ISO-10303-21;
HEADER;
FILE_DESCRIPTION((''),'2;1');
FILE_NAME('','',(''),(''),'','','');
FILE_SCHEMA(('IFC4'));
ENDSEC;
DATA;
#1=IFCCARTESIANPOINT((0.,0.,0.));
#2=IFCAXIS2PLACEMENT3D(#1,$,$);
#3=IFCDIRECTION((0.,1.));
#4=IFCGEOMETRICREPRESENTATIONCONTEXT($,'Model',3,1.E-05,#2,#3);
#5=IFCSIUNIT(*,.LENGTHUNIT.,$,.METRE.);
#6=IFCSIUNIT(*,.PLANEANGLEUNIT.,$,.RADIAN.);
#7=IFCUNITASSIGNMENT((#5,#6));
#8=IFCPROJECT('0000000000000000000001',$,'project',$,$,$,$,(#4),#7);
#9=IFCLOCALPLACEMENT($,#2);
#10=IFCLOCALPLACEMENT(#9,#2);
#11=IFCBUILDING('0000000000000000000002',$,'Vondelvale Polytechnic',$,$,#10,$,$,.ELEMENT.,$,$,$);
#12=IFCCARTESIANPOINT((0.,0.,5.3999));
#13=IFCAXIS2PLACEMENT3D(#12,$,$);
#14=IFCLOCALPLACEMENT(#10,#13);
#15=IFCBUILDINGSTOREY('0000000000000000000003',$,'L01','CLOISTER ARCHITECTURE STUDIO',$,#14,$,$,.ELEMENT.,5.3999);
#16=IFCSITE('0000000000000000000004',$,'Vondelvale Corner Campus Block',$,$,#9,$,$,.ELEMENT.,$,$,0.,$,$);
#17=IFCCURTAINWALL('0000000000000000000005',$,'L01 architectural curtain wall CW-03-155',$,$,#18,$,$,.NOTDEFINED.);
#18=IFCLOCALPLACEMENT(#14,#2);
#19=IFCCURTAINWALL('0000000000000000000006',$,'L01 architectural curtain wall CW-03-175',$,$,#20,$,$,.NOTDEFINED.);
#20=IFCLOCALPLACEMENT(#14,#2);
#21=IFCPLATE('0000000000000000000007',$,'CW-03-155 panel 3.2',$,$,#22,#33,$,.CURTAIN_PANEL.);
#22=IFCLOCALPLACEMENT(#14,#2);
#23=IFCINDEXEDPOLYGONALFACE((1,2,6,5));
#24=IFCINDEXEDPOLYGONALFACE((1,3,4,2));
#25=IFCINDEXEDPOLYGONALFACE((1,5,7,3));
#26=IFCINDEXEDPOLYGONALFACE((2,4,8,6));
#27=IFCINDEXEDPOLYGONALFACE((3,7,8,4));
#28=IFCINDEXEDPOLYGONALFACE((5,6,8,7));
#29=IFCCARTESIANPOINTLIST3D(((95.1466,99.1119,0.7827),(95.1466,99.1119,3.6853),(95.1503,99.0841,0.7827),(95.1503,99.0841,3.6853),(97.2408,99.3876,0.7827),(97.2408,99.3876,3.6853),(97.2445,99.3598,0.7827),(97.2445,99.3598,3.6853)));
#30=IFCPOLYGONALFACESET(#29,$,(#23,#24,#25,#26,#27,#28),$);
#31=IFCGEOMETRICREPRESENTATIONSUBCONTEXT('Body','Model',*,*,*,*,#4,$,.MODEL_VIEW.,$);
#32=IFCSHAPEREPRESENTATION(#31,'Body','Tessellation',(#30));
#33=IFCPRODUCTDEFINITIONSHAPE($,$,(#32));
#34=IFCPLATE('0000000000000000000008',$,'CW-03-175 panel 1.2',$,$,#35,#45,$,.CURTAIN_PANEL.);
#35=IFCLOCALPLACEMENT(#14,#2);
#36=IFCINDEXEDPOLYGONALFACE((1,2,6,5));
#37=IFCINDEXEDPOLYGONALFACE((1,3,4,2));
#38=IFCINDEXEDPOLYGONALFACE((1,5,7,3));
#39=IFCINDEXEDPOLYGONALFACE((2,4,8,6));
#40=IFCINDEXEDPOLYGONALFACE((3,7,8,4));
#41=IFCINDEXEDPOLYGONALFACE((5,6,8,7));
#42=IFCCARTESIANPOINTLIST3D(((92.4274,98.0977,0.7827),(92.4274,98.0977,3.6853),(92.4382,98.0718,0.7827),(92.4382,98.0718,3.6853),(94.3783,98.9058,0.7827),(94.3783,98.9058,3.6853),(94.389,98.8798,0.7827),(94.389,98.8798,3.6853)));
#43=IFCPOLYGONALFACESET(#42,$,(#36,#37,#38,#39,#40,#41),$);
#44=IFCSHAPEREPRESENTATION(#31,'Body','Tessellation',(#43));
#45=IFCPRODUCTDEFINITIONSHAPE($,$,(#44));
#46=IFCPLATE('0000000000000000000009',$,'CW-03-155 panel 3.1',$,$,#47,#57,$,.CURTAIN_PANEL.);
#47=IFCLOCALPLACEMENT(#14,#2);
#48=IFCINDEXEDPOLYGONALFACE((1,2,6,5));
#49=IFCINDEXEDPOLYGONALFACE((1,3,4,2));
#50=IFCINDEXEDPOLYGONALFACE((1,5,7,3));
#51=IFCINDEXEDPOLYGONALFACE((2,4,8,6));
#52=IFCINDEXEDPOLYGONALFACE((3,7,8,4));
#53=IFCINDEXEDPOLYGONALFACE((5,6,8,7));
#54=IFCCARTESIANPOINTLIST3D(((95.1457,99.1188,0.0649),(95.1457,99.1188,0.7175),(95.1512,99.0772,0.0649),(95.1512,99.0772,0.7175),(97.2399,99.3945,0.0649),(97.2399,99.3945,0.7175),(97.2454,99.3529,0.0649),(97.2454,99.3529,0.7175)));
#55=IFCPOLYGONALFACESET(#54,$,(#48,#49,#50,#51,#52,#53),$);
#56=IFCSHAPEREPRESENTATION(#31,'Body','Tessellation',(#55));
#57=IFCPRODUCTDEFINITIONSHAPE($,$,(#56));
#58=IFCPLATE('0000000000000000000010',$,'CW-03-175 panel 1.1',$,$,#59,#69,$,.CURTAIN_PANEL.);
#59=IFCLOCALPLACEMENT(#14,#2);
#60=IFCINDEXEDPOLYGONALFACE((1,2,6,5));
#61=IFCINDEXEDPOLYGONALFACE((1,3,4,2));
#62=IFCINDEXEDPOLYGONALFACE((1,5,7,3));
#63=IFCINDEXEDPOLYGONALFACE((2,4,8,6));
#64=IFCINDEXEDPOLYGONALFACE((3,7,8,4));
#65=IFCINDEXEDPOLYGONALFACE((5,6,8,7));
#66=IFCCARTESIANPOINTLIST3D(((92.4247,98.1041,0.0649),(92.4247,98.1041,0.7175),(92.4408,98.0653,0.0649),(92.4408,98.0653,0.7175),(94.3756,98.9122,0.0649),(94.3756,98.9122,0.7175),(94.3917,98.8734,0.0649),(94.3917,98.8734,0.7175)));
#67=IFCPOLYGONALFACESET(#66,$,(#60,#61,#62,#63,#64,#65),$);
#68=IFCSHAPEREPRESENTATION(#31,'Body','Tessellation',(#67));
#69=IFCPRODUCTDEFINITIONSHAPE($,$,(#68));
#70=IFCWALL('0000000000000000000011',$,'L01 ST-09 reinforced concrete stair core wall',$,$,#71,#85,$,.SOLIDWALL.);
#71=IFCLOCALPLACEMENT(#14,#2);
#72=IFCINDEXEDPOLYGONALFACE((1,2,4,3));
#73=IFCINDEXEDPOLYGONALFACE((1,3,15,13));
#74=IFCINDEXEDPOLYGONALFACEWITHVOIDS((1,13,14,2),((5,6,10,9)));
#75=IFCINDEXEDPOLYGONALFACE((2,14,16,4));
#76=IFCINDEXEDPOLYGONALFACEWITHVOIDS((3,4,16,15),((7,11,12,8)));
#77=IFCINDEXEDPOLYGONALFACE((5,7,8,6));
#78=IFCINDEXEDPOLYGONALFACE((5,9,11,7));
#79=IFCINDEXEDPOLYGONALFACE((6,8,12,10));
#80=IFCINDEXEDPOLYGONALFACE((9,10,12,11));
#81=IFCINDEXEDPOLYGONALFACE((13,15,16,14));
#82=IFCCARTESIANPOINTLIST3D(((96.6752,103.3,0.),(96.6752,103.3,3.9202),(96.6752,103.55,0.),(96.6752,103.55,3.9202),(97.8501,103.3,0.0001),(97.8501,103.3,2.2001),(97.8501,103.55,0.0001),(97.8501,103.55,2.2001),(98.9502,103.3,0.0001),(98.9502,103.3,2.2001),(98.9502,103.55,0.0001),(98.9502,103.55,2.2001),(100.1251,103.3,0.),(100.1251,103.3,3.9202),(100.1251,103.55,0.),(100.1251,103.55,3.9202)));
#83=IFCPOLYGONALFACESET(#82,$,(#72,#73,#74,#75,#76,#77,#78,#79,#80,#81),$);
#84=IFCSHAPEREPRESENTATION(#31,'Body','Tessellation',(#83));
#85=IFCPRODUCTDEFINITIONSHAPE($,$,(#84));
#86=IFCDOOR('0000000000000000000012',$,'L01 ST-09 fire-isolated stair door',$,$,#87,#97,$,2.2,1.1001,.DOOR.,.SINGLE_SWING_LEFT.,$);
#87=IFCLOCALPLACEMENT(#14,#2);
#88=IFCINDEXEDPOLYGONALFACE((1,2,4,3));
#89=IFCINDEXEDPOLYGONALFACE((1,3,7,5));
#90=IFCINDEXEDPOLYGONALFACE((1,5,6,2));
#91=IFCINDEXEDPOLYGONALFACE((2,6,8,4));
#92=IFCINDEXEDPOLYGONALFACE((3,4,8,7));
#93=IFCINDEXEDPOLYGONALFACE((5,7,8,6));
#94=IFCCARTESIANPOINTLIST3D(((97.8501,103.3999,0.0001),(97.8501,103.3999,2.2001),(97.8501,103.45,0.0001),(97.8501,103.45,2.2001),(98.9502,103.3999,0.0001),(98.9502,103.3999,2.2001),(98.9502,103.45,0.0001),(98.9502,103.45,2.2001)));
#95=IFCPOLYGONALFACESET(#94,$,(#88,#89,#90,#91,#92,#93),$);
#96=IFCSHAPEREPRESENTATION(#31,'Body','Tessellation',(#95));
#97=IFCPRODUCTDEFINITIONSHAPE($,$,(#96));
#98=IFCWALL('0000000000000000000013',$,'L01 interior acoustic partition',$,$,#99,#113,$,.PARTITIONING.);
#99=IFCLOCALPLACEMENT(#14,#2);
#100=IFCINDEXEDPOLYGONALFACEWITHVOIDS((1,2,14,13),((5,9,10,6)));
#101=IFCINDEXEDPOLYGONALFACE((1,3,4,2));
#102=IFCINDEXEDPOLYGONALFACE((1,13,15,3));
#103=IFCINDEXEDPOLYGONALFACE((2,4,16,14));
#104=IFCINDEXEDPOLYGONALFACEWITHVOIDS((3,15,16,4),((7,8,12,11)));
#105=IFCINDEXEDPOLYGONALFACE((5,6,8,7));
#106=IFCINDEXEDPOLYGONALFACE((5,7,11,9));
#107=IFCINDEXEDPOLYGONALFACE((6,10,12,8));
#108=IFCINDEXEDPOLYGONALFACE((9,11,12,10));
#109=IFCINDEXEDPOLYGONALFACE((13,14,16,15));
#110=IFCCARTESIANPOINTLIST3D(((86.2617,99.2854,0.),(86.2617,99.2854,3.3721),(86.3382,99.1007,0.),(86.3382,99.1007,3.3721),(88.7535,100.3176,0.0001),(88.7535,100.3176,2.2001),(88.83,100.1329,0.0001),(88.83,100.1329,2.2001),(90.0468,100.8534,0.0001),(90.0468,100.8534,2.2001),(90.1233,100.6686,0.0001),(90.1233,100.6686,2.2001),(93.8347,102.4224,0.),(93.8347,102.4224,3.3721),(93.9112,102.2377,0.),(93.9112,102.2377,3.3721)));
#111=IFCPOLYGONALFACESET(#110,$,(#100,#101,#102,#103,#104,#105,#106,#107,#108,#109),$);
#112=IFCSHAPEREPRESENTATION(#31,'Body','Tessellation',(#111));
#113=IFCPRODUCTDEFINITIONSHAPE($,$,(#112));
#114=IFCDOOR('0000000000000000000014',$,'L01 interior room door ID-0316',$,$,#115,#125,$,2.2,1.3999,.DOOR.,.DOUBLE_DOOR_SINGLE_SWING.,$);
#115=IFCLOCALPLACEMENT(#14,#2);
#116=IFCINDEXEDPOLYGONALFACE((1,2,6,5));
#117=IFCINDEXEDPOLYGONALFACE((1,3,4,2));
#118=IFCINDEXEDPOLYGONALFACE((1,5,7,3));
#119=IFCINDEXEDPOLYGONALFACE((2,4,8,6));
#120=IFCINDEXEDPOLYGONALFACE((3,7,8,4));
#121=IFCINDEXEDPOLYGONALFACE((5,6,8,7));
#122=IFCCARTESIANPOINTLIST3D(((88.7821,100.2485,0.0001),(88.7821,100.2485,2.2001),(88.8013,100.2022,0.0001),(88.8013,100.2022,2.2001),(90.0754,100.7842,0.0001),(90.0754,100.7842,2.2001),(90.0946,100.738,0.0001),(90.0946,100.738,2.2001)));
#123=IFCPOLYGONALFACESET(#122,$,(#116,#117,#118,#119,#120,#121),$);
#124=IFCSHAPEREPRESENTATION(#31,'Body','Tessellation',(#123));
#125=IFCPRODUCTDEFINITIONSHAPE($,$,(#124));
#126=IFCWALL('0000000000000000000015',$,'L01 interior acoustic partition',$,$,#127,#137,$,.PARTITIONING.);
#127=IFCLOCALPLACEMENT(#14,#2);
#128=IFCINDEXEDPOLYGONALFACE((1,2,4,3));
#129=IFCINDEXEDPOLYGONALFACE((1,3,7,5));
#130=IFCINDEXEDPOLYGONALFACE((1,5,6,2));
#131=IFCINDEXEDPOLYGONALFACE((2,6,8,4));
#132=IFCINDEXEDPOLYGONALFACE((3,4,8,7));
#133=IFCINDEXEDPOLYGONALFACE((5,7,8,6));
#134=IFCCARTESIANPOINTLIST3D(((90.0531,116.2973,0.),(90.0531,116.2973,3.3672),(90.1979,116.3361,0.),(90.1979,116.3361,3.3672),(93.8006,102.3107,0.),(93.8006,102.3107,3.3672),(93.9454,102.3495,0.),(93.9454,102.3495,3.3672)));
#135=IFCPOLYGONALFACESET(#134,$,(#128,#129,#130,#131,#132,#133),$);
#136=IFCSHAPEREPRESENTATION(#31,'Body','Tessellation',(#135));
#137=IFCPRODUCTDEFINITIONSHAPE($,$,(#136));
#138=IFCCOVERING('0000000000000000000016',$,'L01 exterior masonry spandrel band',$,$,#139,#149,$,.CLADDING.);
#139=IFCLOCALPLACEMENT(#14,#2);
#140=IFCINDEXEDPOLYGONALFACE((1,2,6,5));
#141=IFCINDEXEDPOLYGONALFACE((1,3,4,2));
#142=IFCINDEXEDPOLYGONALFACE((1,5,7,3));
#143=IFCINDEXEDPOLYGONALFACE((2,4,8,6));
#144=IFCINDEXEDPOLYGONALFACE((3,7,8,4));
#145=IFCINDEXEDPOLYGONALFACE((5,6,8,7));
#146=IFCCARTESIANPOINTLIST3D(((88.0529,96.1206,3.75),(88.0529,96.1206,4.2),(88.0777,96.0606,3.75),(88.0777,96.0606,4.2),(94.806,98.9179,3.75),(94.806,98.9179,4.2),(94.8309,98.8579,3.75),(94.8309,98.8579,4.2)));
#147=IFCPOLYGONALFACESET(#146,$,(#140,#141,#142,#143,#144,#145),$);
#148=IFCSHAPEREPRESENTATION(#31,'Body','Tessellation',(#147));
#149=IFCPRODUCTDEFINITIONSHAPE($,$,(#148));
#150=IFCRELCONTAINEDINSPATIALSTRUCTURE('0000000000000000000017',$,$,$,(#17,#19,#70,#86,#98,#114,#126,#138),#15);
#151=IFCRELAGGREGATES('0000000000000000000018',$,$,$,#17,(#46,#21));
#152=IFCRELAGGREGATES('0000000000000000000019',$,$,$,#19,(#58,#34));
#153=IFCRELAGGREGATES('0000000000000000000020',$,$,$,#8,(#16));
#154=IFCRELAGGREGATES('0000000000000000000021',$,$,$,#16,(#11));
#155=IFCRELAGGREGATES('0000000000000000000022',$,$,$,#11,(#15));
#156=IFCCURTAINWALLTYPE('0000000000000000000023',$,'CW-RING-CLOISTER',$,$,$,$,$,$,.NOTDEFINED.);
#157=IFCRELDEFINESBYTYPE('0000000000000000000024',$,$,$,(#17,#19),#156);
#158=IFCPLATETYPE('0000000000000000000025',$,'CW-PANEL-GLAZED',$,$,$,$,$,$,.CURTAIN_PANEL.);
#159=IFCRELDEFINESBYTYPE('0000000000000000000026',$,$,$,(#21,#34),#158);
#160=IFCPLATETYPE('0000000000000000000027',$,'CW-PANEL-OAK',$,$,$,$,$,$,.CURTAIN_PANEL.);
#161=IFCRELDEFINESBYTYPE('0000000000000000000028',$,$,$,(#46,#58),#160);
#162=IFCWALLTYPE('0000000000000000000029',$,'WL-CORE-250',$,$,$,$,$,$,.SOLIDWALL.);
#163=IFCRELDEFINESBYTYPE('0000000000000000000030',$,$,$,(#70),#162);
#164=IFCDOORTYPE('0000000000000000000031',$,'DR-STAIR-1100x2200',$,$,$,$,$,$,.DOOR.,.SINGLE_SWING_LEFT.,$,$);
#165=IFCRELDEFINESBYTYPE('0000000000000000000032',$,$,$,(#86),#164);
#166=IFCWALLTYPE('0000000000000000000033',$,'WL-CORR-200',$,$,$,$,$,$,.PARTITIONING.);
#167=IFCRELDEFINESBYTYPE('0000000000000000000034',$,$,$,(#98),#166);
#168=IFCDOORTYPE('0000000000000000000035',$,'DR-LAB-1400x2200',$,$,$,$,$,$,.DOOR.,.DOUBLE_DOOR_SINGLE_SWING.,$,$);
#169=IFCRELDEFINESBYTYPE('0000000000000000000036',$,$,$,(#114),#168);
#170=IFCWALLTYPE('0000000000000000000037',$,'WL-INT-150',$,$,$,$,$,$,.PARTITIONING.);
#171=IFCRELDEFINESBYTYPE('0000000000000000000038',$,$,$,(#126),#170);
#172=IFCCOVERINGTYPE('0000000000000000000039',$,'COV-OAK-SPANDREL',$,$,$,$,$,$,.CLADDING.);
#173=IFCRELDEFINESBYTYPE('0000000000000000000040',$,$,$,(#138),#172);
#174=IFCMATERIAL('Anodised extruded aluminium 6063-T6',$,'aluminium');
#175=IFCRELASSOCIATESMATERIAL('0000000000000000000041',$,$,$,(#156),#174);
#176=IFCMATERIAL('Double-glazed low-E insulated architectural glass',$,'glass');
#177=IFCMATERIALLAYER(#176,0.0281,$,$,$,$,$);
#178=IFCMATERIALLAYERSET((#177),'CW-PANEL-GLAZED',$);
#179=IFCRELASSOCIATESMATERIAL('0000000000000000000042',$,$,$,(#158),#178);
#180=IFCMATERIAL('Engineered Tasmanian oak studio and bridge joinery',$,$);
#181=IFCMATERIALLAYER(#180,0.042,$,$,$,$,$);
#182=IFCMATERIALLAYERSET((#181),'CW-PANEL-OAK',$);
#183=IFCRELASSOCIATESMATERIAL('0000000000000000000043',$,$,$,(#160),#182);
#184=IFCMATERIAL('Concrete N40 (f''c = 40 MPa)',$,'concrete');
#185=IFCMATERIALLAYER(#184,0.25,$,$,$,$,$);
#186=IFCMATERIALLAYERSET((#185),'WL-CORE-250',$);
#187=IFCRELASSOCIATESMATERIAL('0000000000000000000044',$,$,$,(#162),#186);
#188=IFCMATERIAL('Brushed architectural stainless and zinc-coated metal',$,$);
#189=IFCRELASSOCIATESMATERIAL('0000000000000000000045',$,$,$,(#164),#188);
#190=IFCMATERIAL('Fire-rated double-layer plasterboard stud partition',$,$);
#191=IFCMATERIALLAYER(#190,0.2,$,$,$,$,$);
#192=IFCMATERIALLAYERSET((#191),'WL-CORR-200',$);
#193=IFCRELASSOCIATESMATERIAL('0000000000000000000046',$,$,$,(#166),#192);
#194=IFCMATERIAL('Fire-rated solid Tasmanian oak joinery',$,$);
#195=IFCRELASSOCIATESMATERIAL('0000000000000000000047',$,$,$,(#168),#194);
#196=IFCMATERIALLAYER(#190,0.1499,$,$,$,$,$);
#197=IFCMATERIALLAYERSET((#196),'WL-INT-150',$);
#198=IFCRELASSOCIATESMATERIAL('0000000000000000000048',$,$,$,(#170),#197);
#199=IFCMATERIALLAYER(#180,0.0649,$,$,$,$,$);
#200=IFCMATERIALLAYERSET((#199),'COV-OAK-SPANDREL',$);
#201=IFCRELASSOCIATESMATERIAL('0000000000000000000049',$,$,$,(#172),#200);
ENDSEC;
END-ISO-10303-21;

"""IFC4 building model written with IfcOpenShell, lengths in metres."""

from ifc_helpers import new_model, si_unit, direction, frame, frame_2d, origin, origin_2d, place, context, subcontext, project, spatial, rectangle, extrude, material, layer, layer_set, type_object, element, fill, aggregate, save


model = new_model("IFC4")

# Units and contexts
model_context = context("Model", 3, precision=1e-05, world=origin(), true_north=direction((0.0, 1.0)))
body_context = subcontext(model_context, "Body", "Model", "MODEL_VIEW")
ifc_project = project(units=[si_unit("LENGTHUNIT", "METRE"), si_unit("PLANEANGLEUNIT", "RADIAN")], contexts=[model_context])

# Site, building, storey
site_placement = place(None, origin())
site = spatial("IfcSite", under=ifc_project, at=site_placement, Name="Vondelvale Corner Campus Block", CompositionType="ELEMENT", RefElevation=0.0)
building_placement = place(site_placement, origin())
building = spatial("IfcBuilding", under=site, at=building_placement, Name="Vondelvale Polytechnic", CompositionType="ELEMENT")
storey_placement = place(building_placement, frame((0.0, 0.0, 5.3999)))
storey = spatial("IfcBuildingStorey", under=building, at=storey_placement, Name="L01", Description="CLOISTER ARCHITECTURE STUDIO", CompositionType="ELEMENT", Elevation=5.3999)

# Curtain walls
ifc_material_1 = material(Name="Anodised extruded aluminium 6063-T6", Category="aluminium")
curtain_wall_type = type_object("IfcCurtainWallType", Name="CW-RING-CLOISTER", PredefinedType="NOTDEFINED", material=ifc_material_1)
curtain_wall_1_placement = place(storey_placement, origin())
curtain_wall_1 = element("IfcCurtainWall", 1, at=curtain_wall_1_placement, inside=storey, type_object=curtain_wall_type, Name="L01 architectural curtain wall CW-03-155", PredefinedType="NOTDEFINED")
curtain_wall_2_placement = place(storey_placement, origin())
curtain_wall_2 = element("IfcCurtainWall", 2, at=curtain_wall_2_placement, inside=storey, type_object=curtain_wall_type, Name="L01 architectural curtain wall CW-03-175", PredefinedType="NOTDEFINED")

# Plates
ifc_material_2 = material(Name="Double-glazed low-E insulated architectural glass", Category="glass")
ifc_layer_1 = layer(ifc_material_2, 0.0281)
ifc_layer_set_1 = layer_set([ifc_layer_1], Name="CW-PANEL-GLAZED")
plate_type_1 = type_object("IfcPlateType", Name="CW-PANEL-GLAZED", PredefinedType="CURTAIN_PANEL", material=ifc_layer_set_1)
plate_1_placement = place(storey_placement, frame((96.1956, 99.2358, 0.7827), z_axis=(0.0, 0.0, 1.0), x_axis=(-0.991445, -0.130528, 0.0)))
plate_1 = element("IfcPlate", 3, at=plate_1_placement, type_object=plate_type_1, Name="CW-03-155 panel 3.2", PredefinedType="CURTAIN_PANEL", context=body_context, shape_type="SweptSolid", body=[
    extrude(rectangle(XDim=2.1123, YDim=0.0281, at=origin_2d()), origin(), (0.0, 0.0, 1.0), 2.9026),
])
plate_2_placement = place(storey_placement, frame((93.4082, 98.4888, 0.7827), z_axis=(0.0, 0.0, 1.0), x_axis=(-0.923882, -0.382679, 0.0)))
plate_2 = element("IfcPlate", 4, at=plate_2_placement, type_object=plate_type_1, Name="CW-03-175 panel 1.2", PredefinedType="CURTAIN_PANEL", context=body_context, shape_type="SweptSolid", body=[
    extrude(rectangle(XDim=2.1116, YDim=0.0281, at=origin_2d()), origin(), (0.0, 0.0, 1.0), 2.9026),
])
ifc_material_3 = material(Name="Engineered Tasmanian oak studio and bridge joinery")
ifc_layer_2 = layer(ifc_material_3, 0.042)
ifc_layer_set_2 = layer_set([ifc_layer_2], Name="CW-PANEL-OAK")
plate_type_2 = type_object("IfcPlateType", Name="CW-PANEL-OAK", PredefinedType="CURTAIN_PANEL", material=ifc_layer_set_2)
plate_3_placement = place(storey_placement, frame((96.1956, 99.2358, 0.0649), z_axis=(0.0, 0.0, 1.0), x_axis=(-0.991445, -0.130528, 0.0)))
plate_3 = element("IfcPlate", 5, at=plate_3_placement, type_object=plate_type_2, Name="CW-03-155 panel 3.1", PredefinedType="CURTAIN_PANEL", context=body_context, shape_type="SweptSolid", body=[
    extrude(rectangle(XDim=2.1123, YDim=0.042, at=origin_2d()), origin(), (0.0, 0.0, 1.0), 0.6526),
])
aggregate(curtain_wall_1, [plate_3, plate_1])
plate_4_placement = place(storey_placement, frame((93.4082, 98.4888, 0.0649), z_axis=(0.0, 0.0, 1.0), x_axis=(-0.923882, -0.382679, 0.0)))
plate_4 = element("IfcPlate", 6, at=plate_4_placement, type_object=plate_type_2, Name="CW-03-175 panel 1.1", PredefinedType="CURTAIN_PANEL", context=body_context, shape_type="SweptSolid", body=[
    extrude(rectangle(XDim=2.1116, YDim=0.042, at=origin_2d()), origin(), (0.0, 0.0, 1.0), 0.6526),
])
aggregate(curtain_wall_2, [plate_4, plate_2])

# Walls, openings, doors
ifc_material_4 = material(Name="Concrete N40 (f'c = 40 MPa)", Category="concrete")
ifc_layer_3 = layer(ifc_material_4, 0.25)
ifc_layer_set_3 = layer_set([ifc_layer_3], Name="WL-CORE-250")
wall_type_1 = type_object("IfcWallType", Name="WL-CORE-250", PredefinedType="SOLIDWALL", material=ifc_layer_set_3)
wall_1_placement = place(storey_placement, frame((96.675, 103.425, 0.0), z_axis=(0.0, 0.0, 1.0), x_axis=(1.0, 0.0, 0.0)))
wall_1 = element("IfcWall", 7, at=wall_1_placement, inside=storey, type_object=wall_type_1, Name="L01 ST-09 reinforced concrete stair core wall", PredefinedType="SOLIDWALL", context=body_context, shape_type="SweptSolid", body=[
    extrude(rectangle(XDim=3.45, YDim=0.25, at=frame_2d((1.7251, 0.0))), origin(), (0.0, 0.0, 1.0), 3.9202),
])
opening_1_placement = place(wall_1_placement, frame((1.175, 0.0, 0.0)))
opening_1 = element("IfcOpeningElement", 8, at=opening_1_placement, cuts=wall_1, PredefinedType="OPENING", context=body_context, shape_type="SweptSolid", body=[
    extrude(rectangle(XDim=1.1001, YDim=2.2, at=frame_2d((0.55, 1.1001))), frame((0.0, 0.135, 0.0), z_axis=(0.0, -1.0, 0.0), x_axis=(1.0, 0.0, 0.0)), (0.0, 0.0, 1.0), 0.27),
])
ifc_material_5 = material(Name="Brushed architectural stainless and zinc-coated metal")
door_type_1 = type_object("IfcDoorType", Name="DR-STAIR-1100x2200", OperationType="SINGLE_SWING_LEFT", PredefinedType="DOOR", material=ifc_material_5)
door_1_placement = place(opening_1_placement, origin())
door_1 = element("IfcDoor", 9, at=door_1_placement, inside=storey, type_object=door_type_1, Name="L01 ST-09 fire-isolated stair door", OperationType="SINGLE_SWING_LEFT", OverallHeight=2.2, OverallWidth=1.1001, PredefinedType="DOOR", context=body_context, shape_type="SweptSolid", body=[
    extrude(rectangle(XDim=1.1001, YDim=2.2, at=frame_2d((0.55, 1.1001))), frame((0.0, 0.0249, 0.0), z_axis=(0.0, -1.0, 0.0), x_axis=(1.0, 0.0, 0.0)), (0.0, 0.0, 1.0), 0.05),
])
fill(opening_1, door_1)
ifc_material_6 = material(Name="Fire-rated double-layer plasterboard stud partition")
ifc_layer_4 = layer(ifc_material_6, 0.2)
ifc_layer_set_4 = layer_set([ifc_layer_4], Name="WL-CORR-200")
wall_type_2 = type_object("IfcWallType", Name="WL-CORR-200", PredefinedType="PARTITIONING", material=ifc_layer_set_4)
wall_2_placement = place(storey_placement, frame((93.873, 102.3301, 0.0), z_axis=(0.0, 0.0, 1.0), x_axis=(-0.923874, -0.382696, 0.0)))
wall_2 = element("IfcWall", 10, at=wall_2_placement, inside=storey, type_object=wall_type_2, Name="L01 interior acoustic partition", PredefinedType="PARTITIONING", context=body_context, shape_type="SweptSolid", body=[
    extrude(rectangle(XDim=8.197, YDim=0.2, at=frame_2d((4.0986, 0.0))), origin(), (0.0, 0.0, 1.0), 3.3721),
])
opening_2_placement = place(wall_2_placement, frame((4.1001, 0.0, 0.0)))
opening_2 = element("IfcOpeningElement", 11, at=opening_2_placement, cuts=wall_2, PredefinedType="OPENING", context=body_context, shape_type="SweptSolid", body=[
    extrude(rectangle(XDim=1.3999, YDim=2.2, at=frame_2d((0.7, 1.1001))), frame((0.0, 0.1099, 0.0), z_axis=(0.0, -1.0, 0.0), x_axis=(1.0, 0.0, 0.0)), (0.0, 0.0, 1.0), 0.22),
])
ifc_material_7 = material(Name="Fire-rated solid Tasmanian oak joinery")
door_type_2 = type_object("IfcDoorType", Name="DR-LAB-1400x2200", OperationType="DOUBLE_DOOR_SINGLE_SWING", PredefinedType="DOOR", material=ifc_material_7)
door_2_placement = place(opening_2_placement, origin())
door_2 = element("IfcDoor", 12, at=door_2_placement, inside=storey, type_object=door_type_2, Name="L01 interior room door ID-0316", OperationType="DOUBLE_DOOR_SINGLE_SWING", OverallHeight=2.2, OverallWidth=1.3999, PredefinedType="DOOR", context=body_context, shape_type="SweptSolid", body=[
    extrude(rectangle(XDim=1.3999, YDim=2.2, at=frame_2d((0.7, 1.1001))), frame((0.0, 0.0249, 0.0), z_axis=(0.0, -1.0, 0.0), x_axis=(1.0, 0.0, 0.0)), (0.0, 0.0, 1.0), 0.05),
])
fill(opening_2, door_2)

# Wall
ifc_layer_5 = layer(ifc_material_6, 0.1499)
ifc_layer_set_5 = layer_set([ifc_layer_5], Name="WL-INT-150")
wall_type_3 = type_object("IfcWallType", Name="WL-INT-150", PredefinedType="PARTITIONING", material=ifc_layer_set_5)
wall_3_placement = place(storey_placement, frame((93.873, 102.3301, 0.0), z_axis=(0.0, 0.0, 1.0), x_axis=(-0.258811, 0.965928, 0.0)))
element("IfcWall", 13, at=wall_3_placement, inside=storey, type_object=wall_type_3, Name="L01 interior acoustic partition", PredefinedType="PARTITIONING", context=body_context, shape_type="SweptSolid", body=[
    extrude(rectangle(XDim=14.48, YDim=0.1499, at=frame_2d((7.24, 0.0))), origin(), (0.0, 0.0, 1.0), 3.3672),
])

# Covering
ifc_layer_6 = layer(ifc_material_3, 0.0649)
ifc_layer_set_6 = layer_set([ifc_layer_6], Name="COV-OAK-SPANDREL")
covering_type = type_object("IfcCoveringType", Name="COV-OAK-SPANDREL", PredefinedType="CLADDING", material=ifc_layer_set_6)
covering_placement = place(storey_placement, frame((91.4419, 97.4893, 3.75), z_axis=(0.0, 0.0, 1.0), x_axis=(-0.92388, -0.382683, 0.0)))
element("IfcCovering", 14, at=covering_placement, inside=storey, type_object=covering_type, Name="L01 exterior masonry spandrel band", PredefinedType="CLADDING", context=body_context, shape_type="SweptSolid", body=[
    extrude(rectangle(XDim=7.3096, YDim=0.0649, at=origin_2d()), origin(), (0.0, 0.0, 1.0), 0.45),
])

save(model, "model.ifc")
